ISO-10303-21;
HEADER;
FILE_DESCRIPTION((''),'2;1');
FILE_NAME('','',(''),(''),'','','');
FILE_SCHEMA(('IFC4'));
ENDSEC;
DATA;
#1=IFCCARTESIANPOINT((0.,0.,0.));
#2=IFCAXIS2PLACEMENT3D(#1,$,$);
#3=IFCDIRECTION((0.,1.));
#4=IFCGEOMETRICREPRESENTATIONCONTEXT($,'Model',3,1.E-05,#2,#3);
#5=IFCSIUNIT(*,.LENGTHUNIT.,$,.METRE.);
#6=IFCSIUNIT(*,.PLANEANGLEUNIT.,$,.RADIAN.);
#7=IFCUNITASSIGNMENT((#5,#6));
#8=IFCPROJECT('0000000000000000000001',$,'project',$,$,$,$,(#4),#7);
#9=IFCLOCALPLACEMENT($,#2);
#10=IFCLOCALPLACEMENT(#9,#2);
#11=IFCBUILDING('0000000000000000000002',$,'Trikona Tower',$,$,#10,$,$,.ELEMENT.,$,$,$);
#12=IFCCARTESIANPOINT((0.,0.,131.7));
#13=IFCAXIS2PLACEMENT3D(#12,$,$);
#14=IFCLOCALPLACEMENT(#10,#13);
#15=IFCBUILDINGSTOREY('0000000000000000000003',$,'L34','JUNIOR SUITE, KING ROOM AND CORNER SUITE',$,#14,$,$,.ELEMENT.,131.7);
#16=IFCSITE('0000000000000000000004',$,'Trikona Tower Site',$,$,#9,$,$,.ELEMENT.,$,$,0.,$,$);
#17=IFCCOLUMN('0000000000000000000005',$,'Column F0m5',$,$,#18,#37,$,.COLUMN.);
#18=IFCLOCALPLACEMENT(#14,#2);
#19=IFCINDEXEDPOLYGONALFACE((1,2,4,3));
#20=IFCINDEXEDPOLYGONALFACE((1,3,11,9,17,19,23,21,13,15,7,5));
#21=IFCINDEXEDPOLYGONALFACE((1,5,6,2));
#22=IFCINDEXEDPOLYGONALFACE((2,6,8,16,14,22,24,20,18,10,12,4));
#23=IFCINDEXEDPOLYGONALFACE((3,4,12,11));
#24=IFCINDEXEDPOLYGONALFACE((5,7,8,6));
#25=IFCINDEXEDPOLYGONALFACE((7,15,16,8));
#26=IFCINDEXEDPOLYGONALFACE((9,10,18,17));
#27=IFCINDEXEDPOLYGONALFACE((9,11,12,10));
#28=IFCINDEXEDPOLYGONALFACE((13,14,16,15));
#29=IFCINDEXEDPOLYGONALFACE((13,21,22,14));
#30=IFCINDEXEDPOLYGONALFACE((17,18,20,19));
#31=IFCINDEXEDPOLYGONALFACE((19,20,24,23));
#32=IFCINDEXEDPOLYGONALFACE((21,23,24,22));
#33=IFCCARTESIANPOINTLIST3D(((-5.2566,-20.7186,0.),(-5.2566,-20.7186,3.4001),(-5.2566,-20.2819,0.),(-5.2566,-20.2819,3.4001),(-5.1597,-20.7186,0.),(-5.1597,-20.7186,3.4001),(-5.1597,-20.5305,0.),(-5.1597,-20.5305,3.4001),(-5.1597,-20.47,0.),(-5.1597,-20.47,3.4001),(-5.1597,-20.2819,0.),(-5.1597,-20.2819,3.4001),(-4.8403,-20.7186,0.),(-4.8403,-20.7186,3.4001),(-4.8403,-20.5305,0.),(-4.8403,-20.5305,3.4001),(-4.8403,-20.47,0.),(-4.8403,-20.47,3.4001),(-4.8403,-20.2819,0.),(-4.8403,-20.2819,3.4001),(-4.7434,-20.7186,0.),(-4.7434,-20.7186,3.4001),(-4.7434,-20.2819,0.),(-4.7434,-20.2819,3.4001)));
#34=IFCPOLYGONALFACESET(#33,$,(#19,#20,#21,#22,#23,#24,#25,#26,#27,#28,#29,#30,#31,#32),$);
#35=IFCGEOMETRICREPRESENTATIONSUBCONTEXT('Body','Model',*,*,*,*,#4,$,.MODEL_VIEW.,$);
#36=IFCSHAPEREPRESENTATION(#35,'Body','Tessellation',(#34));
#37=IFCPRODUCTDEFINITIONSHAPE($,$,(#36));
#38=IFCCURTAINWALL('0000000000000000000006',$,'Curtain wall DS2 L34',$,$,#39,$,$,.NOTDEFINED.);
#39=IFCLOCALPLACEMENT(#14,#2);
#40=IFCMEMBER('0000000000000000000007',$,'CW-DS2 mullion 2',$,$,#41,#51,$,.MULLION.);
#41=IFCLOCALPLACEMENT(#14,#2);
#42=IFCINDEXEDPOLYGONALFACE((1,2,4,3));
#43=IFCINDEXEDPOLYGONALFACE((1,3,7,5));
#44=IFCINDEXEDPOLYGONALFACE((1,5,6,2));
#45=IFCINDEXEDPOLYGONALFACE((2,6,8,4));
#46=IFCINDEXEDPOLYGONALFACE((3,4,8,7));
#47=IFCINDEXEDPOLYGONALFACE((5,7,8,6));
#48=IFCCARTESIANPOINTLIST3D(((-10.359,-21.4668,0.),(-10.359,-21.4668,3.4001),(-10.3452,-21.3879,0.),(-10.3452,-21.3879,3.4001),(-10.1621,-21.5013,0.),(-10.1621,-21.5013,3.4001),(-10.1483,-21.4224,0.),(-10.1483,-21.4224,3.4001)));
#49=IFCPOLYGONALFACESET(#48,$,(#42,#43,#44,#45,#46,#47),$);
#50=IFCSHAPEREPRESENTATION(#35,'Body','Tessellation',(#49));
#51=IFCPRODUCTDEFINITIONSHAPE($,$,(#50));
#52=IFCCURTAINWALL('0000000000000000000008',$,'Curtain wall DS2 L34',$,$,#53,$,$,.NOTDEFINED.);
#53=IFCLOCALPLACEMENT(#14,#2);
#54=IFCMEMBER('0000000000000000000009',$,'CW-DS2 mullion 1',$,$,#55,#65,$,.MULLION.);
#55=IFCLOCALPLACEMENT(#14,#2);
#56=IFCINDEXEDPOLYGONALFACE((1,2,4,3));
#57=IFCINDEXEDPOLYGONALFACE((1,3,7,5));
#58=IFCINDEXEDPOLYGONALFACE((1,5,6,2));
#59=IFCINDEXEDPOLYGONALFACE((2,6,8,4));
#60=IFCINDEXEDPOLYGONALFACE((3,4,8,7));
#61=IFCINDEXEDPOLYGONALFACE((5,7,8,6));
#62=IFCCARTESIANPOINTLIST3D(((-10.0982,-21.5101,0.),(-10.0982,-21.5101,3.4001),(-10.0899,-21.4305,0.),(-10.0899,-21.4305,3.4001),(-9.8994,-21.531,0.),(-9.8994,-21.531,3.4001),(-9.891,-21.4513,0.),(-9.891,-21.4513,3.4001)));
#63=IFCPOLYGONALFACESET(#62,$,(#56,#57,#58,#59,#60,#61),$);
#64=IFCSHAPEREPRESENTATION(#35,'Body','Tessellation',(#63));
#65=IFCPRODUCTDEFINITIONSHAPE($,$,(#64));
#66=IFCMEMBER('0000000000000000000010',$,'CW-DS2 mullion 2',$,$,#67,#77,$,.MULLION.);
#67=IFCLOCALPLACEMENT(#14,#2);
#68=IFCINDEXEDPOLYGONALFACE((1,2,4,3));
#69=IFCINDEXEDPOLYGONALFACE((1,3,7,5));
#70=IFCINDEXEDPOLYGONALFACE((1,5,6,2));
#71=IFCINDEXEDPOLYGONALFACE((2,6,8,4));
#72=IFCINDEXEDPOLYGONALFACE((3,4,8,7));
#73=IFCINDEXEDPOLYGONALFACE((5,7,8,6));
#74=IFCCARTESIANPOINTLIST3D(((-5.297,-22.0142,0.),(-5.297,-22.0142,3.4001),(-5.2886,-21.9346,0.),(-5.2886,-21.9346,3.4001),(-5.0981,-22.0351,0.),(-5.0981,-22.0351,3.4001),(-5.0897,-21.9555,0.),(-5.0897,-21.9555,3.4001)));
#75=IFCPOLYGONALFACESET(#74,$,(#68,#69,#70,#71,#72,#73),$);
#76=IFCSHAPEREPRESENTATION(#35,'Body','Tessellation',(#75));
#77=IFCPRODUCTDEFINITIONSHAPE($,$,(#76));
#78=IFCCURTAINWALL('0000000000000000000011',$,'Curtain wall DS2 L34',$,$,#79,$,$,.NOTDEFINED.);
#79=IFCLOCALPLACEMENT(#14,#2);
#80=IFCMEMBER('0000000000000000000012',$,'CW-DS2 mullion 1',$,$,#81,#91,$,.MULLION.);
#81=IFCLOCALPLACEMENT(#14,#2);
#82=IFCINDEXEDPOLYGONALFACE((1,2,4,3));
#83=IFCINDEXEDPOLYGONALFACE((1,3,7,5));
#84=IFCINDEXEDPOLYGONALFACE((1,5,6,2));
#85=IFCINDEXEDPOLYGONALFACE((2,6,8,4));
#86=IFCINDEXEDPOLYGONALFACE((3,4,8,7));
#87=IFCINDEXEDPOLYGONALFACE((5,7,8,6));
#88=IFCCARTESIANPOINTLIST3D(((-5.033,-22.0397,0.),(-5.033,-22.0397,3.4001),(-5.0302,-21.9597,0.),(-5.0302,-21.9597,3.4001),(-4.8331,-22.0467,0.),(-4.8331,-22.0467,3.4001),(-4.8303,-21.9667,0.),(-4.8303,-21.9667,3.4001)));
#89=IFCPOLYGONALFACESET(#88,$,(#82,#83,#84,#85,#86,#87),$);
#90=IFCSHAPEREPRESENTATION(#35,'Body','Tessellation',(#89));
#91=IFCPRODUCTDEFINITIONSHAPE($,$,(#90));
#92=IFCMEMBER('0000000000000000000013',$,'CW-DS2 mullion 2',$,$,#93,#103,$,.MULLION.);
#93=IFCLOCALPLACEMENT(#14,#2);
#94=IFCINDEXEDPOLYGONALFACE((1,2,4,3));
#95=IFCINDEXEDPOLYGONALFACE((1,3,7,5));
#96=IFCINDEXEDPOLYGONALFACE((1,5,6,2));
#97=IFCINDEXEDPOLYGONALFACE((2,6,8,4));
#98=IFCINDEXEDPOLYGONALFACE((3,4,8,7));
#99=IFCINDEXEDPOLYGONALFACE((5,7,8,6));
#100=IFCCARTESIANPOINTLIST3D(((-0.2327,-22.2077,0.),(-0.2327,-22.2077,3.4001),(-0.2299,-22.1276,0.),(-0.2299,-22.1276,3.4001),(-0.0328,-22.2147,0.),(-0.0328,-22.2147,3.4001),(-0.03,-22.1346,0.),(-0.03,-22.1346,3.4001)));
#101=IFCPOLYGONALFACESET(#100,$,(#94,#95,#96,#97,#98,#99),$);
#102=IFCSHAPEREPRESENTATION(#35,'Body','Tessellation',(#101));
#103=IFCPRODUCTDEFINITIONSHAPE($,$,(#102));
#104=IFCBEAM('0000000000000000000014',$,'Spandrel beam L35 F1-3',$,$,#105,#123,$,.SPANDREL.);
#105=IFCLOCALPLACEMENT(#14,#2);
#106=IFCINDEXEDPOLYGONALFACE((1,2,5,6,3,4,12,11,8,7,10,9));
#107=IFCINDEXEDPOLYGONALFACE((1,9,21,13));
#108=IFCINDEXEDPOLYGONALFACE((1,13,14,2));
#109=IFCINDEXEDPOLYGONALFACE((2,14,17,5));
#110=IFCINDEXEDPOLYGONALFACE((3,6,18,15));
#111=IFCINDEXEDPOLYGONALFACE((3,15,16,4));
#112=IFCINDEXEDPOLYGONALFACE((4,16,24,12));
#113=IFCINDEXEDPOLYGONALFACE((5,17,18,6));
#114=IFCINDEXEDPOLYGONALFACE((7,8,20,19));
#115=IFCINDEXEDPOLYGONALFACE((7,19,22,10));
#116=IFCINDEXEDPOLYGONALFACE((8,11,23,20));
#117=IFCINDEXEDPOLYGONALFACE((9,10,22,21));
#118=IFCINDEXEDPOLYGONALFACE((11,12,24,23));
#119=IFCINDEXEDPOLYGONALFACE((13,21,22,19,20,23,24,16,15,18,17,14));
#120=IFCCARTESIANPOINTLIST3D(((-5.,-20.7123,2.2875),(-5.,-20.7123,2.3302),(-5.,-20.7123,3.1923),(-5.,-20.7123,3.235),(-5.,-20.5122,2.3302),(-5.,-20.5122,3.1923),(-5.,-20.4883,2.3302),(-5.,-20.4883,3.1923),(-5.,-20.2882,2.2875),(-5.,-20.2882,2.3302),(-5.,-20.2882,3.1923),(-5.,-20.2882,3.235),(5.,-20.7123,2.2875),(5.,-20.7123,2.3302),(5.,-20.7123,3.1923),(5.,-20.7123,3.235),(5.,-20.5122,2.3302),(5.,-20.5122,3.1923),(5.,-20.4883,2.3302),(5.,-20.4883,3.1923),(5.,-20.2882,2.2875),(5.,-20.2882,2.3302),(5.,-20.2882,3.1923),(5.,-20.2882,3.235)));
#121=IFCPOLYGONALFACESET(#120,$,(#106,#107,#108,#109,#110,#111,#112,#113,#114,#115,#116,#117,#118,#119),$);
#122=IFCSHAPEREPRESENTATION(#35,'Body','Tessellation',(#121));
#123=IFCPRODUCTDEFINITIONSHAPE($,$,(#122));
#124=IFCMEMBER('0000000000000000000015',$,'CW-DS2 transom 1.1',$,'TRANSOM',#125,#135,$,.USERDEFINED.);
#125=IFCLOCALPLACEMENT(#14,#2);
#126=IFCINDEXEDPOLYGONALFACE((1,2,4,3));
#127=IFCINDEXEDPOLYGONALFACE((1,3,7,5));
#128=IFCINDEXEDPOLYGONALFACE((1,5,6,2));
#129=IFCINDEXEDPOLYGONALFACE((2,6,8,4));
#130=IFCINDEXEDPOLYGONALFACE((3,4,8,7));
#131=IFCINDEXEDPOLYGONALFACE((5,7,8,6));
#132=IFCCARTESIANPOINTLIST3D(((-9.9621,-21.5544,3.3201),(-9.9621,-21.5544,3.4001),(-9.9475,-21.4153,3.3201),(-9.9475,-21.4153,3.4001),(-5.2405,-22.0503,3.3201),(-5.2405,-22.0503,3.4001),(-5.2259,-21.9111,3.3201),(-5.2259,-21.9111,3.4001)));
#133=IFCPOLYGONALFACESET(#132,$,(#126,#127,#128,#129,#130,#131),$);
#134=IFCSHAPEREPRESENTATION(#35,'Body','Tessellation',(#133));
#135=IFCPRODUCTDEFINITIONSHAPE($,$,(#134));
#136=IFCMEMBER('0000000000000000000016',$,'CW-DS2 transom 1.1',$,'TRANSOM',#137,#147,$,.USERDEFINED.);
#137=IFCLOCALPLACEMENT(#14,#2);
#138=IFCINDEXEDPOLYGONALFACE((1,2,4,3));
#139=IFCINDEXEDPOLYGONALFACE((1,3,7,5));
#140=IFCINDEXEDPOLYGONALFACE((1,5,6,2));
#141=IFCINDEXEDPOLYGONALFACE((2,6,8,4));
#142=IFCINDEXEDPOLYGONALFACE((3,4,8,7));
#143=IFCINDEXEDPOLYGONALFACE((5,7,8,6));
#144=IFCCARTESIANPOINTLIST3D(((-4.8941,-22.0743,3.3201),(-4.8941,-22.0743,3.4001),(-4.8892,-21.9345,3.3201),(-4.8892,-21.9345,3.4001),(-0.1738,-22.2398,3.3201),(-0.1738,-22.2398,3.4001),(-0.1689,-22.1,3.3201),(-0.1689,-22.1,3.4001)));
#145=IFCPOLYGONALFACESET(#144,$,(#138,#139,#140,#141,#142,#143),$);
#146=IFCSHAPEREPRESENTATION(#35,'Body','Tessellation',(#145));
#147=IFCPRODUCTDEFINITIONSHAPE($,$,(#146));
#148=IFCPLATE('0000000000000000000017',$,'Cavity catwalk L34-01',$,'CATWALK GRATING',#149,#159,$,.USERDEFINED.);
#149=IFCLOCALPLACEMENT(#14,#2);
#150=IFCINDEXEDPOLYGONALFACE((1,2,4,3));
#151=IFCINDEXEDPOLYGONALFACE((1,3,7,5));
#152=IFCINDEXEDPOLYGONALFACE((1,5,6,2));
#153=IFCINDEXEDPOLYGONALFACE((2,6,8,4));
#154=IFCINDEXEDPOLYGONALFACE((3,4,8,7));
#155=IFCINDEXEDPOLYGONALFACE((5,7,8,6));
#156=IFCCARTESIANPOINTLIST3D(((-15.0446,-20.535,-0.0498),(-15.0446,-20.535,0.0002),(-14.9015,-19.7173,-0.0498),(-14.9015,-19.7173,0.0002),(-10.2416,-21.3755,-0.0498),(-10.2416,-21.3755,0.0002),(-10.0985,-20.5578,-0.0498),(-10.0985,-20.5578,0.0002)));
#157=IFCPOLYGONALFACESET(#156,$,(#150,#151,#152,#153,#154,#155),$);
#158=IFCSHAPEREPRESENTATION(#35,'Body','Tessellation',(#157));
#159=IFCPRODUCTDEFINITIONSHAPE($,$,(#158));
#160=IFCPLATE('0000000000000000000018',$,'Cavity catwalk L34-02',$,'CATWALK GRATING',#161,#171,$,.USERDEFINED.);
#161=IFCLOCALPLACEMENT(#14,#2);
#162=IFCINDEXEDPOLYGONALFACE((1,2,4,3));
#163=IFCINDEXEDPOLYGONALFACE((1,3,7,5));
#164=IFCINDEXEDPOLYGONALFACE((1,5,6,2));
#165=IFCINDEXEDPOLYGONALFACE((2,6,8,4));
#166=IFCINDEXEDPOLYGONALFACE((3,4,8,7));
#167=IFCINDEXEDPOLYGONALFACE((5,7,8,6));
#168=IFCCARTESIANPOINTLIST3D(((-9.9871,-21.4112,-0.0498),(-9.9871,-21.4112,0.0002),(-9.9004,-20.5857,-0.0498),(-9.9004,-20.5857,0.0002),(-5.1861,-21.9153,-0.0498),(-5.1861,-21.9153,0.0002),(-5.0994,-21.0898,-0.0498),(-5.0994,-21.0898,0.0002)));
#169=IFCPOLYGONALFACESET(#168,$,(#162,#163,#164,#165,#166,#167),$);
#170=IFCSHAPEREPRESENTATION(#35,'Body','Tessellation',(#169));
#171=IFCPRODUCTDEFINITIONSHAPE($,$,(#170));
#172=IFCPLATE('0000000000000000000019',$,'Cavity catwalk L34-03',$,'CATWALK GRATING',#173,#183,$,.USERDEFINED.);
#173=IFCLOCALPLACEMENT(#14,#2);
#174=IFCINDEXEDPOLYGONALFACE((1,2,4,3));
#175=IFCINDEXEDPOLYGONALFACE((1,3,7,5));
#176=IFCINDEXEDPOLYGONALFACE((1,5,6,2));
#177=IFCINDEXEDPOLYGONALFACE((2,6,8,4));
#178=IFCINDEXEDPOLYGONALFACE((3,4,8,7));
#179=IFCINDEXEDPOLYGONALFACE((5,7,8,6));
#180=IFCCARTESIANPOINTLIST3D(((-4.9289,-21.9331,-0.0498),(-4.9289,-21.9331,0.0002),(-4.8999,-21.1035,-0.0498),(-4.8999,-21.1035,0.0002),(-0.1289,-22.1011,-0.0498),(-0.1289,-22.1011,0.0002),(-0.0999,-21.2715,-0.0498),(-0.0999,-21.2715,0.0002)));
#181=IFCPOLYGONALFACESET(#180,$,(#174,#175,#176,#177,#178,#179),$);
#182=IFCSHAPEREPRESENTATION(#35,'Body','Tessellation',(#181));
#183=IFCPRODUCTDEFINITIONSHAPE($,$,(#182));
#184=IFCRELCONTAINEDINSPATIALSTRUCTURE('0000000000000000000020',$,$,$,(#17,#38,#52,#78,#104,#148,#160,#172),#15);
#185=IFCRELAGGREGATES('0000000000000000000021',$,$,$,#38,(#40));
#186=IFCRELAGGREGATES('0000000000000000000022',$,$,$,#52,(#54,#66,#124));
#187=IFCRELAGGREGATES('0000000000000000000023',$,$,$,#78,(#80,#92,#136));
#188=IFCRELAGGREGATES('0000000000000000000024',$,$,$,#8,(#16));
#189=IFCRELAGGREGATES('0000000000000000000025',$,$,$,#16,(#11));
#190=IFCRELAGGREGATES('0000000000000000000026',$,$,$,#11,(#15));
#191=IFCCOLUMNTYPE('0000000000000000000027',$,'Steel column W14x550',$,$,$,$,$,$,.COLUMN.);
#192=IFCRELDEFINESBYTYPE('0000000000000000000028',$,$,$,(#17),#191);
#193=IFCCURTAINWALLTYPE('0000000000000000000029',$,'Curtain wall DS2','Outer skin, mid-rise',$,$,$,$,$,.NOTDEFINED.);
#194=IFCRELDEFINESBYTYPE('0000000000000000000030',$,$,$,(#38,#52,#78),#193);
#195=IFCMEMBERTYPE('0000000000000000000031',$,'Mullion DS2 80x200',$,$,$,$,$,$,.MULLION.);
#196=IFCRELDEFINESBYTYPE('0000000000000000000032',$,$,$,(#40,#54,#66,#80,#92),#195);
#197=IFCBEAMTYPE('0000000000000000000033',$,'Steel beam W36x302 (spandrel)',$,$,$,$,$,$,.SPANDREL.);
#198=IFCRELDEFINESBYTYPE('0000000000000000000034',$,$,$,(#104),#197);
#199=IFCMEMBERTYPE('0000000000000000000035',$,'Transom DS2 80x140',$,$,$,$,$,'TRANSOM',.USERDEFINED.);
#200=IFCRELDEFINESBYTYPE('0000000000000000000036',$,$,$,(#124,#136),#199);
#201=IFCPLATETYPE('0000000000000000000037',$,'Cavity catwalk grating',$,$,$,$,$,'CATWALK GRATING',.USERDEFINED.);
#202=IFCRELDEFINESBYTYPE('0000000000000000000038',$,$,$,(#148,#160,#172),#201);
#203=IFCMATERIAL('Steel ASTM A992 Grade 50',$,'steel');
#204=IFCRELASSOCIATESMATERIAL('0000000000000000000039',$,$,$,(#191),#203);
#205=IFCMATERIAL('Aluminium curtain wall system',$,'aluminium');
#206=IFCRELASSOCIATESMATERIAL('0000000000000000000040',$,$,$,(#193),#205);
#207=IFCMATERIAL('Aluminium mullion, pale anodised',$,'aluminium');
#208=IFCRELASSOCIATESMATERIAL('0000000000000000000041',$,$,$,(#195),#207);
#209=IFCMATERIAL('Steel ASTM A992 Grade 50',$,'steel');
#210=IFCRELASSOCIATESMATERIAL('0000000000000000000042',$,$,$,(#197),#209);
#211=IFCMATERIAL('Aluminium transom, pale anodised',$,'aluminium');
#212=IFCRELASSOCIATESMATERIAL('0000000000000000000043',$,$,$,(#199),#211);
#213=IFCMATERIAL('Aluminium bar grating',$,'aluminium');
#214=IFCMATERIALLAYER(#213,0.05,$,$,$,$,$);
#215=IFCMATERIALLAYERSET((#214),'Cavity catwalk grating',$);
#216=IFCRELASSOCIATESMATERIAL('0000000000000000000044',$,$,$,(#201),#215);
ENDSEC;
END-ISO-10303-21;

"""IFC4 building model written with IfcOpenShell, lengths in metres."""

from ifc_helpers import new_model, si_unit, direction, frame, origin, origin_2d, place, context, subcontext, project, spatial, rectangle, i_section, extrude, material, layer, layer_set, material_profile, profile_set, type_object, element, aggregate, save


model = new_model("IFC4")

# Units and contexts
model_context = context("Model", 3, precision=1e-05, world=origin(), true_north=direction((0.0, 1.0)))
body_context = subcontext(model_context, "Body", "Model", "MODEL_VIEW")
ifc_project = project(units=[si_unit("LENGTHUNIT", "METRE"), si_unit("PLANEANGLEUNIT", "RADIAN")], contexts=[model_context])

# Site, building, storey
site_placement = place(None, origin())
site = spatial("IfcSite", under=ifc_project, at=site_placement, Name="Trikona Tower Site", CompositionType="ELEMENT", RefElevation=0.0)
building_placement = place(site_placement, origin())
building = spatial("IfcBuilding", under=site, at=building_placement, Name="Trikona Tower", CompositionType="ELEMENT")
storey_placement = place(building_placement, frame((0.0, 0.0, 131.7)))
storey = spatial("IfcBuildingStorey", under=building, at=storey_placement, Name="L34", Description="JUNIOR SUITE, KING ROOM AND CORNER SUITE", CompositionType="ELEMENT", Elevation=131.7)

# Column
ifc_material_1 = material(Name="Steel ASTM A992 Grade 50", Category="steel")
ifc_material_profile_1 = material_profile(ifc_material_1, i_section(OverallWidth=0.4368, OverallDepth=0.5132, WebThickness=0.0605, FlangeThickness=0.0969, at=origin_2d()), Name="W14X550")
ifc_profile_set_1 = profile_set([ifc_material_profile_1], Name="Steel ASTM A992 Grade 50")
column_type = type_object("IfcColumnType", Name="Steel column W14x550", PredefinedType="COLUMN", material=ifc_profile_set_1)
column_placement = place(storey_placement, frame((-5.0, -20.5002, 0.0), z_axis=(0.0, 0.0, 1.0), x_axis=(0.0, -1.0, 0.0)))
element("IfcColumn", 1, at=column_placement, inside=storey, type_object=column_type, Name="Column F0m5", PredefinedType="COLUMN", context=body_context, shape_type="SweptSolid", body=[
    extrude(i_section(OverallWidth=0.4368, OverallDepth=0.5132, WebThickness=0.0605, FlangeThickness=0.0969, at=origin_2d()), origin(), (0.0, 0.0, 1.0), 3.4001),
])

# Curtain wall, member
ifc_material_2 = material(Name="Aluminium curtain wall system", Category="aluminium")
curtain_wall_type = type_object("IfcCurtainWallType", Name="Curtain wall DS2", Description="Outer skin, mid-rise", PredefinedType="NOTDEFINED", material=ifc_material_2)
curtain_wall_1_placement = place(storey_placement, origin())
curtain_wall_1 = element("IfcCurtainWall", 2, at=curtain_wall_1_placement, inside=storey, type_object=curtain_wall_type, Name="Curtain wall DS2 L34", PredefinedType="NOTDEFINED")
ifc_material_3 = material(Name="Aluminium mullion, pale anodised", Category="aluminium")
ifc_material_profile_2 = material_profile(ifc_material_3, rectangle(XDim=0.0801, YDim=0.2, at=origin_2d()), Name="MUL-DS2")
ifc_profile_set_2 = profile_set([ifc_material_profile_2], Name="Aluminium mullion, pale anodised")
member_type_1 = type_object("IfcMemberType", Name="Mullion DS2 80x200", PredefinedType="MULLION", material=ifc_profile_set_2)
member_1_placement = place(storey_placement, frame((-10.2537, -21.4446, 0.0), z_axis=(0.0, 0.0, 1.0), x_axis=(0.172377, 0.985031, 0.0)))
member_1 = element("IfcMember", 3, at=member_1_placement, type_object=member_type_1, Name="CW-DS2 mullion 2", PredefinedType="MULLION", context=body_context, shape_type="SweptSolid", body=[
    extrude(rectangle(XDim=0.0801, YDim=0.2, at=origin_2d()), origin(), (0.0, 0.0, 1.0), 3.4001),
])

# Curtain walls, members
curtain_wall_2_placement = place(storey_placement, origin())
curtain_wall_2 = element("IfcCurtainWall", 4, at=curtain_wall_2_placement, inside=storey, type_object=curtain_wall_type, Name="Curtain wall DS2 L34", PredefinedType="NOTDEFINED")
member_2_placement = place(storey_placement, frame((-9.9946, -21.4807, 0.0), z_axis=(0.0, 0.0, 1.0), x_axis=(0.104433, 0.994532, 0.0)))
member_2 = element("IfcMember", 5, at=member_2_placement, type_object=member_type_1, Name="CW-DS2 mullion 1", PredefinedType="MULLION", context=body_context, shape_type="SweptSolid", body=[
    extrude(rectangle(XDim=0.0801, YDim=0.2, at=origin_2d()), origin(), (0.0, 0.0, 1.0), 3.4001),
])
member_3_placement = place(storey_placement, frame((-5.1934, -21.9849, 0.0), z_axis=(0.0, 0.0, 1.0), x_axis=(0.104433, 0.994532, 0.0)))
member_3 = element("IfcMember", 6, at=member_3_placement, type_object=member_type_1, Name="CW-DS2 mullion 2", PredefinedType="MULLION", context=body_context, shape_type="SweptSolid", body=[
    extrude(rectangle(XDim=0.0801, YDim=0.2, at=origin_2d()), origin(), (0.0, 0.0, 1.0), 3.4001),
])
curtain_wall_3_placement = place(storey_placement, origin())
curtain_wall_3 = element("IfcCurtainWall", 7, at=curtain_wall_3_placement, inside=storey, type_object=curtain_wall_type, Name="Curtain wall DS2 L34", PredefinedType="NOTDEFINED")
member_4_placement = place(storey_placement, frame((-4.9316, -22.0032, 0.0), z_axis=(0.0, 0.0, 1.0), x_axis=(0.034998, 0.999387, 0.0)))
member_4 = element("IfcMember", 8, at=member_4_placement, type_object=member_type_1, Name="CW-DS2 mullion 1", PredefinedType="MULLION", context=body_context, shape_type="SweptSolid", body=[
    extrude(rectangle(XDim=0.0801, YDim=0.2, at=origin_2d()), origin(), (0.0, 0.0, 1.0), 3.4001),
])
member_5_placement = place(storey_placement, frame((-0.1313, -22.1711, 0.0), z_axis=(0.0, 0.0, 1.0), x_axis=(0.034998, 0.999387, 0.0)))
member_5 = element("IfcMember", 9, at=member_5_placement, type_object=member_type_1, Name="CW-DS2 mullion 2", PredefinedType="MULLION", context=body_context, shape_type="SweptSolid", body=[
    extrude(rectangle(XDim=0.0801, YDim=0.2, at=origin_2d()), origin(), (0.0, 0.0, 1.0), 3.4001),
])

# Beam
ifc_material_4 = material(Name="Steel ASTM A992 Grade 50", Category="steel")
ifc_material_profile_3 = material_profile(ifc_material_4, i_section(OverallWidth=0.4241, OverallDepth=0.9475, WebThickness=0.0239, FlangeThickness=0.0427, at=origin_2d()), Name="W36X302")
ifc_profile_set_3 = profile_set([ifc_material_profile_3], Name="Steel ASTM A992 Grade 50")
beam_type = type_object("IfcBeamType", Name="Steel beam W36x302 (spandrel)", PredefinedType="SPANDREL", material=ifc_profile_set_3)
beam_placement = place(storey_placement, frame((-5.0, -20.5002, 2.7612), z_axis=(1.0, 0.0, 0.0), x_axis=(0.0, 1.0, 0.0)))
element("IfcBeam", 10, at=beam_placement, inside=storey, type_object=beam_type, Name="Spandrel beam L35 F1-3", PredefinedType="SPANDREL", context=body_context, shape_type="SweptSolid", body=[
    extrude(i_section(OverallWidth=0.4241, OverallDepth=0.9475, WebThickness=0.0239, FlangeThickness=0.0427, at=origin_2d()), origin(), (0.0, 0.0, 1.0), 10.0),
])

# Members
ifc_material_5 = material(Name="Aluminium transom, pale anodised", Category="aluminium")
ifc_material_profile_4 = material_profile(ifc_material_5, rectangle(XDim=0.1399, YDim=0.0801, at=origin_2d()), Name="TRN-DS2")
ifc_profile_set_4 = profile_set([ifc_material_profile_4], Name="Aluminium transom, pale anodised")
member_type_2 = type_object("IfcMemberType", Name="Transom DS2 80x140", ElementType="TRANSOM", PredefinedType="USERDEFINED", material=ifc_profile_set_4)
member_6_placement = place(storey_placement, frame((-9.9548, -21.4849, 3.3601), z_axis=(0.994531, -0.104441, 0.0), x_axis=(0.104441, 0.994531, 0.0)))
member_6 = element("IfcMember", 11, at=member_6_placement, type_object=member_type_2, Name="CW-DS2 transom 1.1", ObjectType="TRANSOM", PredefinedType="USERDEFINED", context=body_context, shape_type="SweptSolid", body=[
    extrude(rectangle(XDim=0.1399, YDim=0.0801, at=origin_2d()), origin(), (0.0, 0.0, 1.0), 4.7476),
])
member_7_placement = place(storey_placement, frame((-4.8916, -22.0044, 3.3601), z_axis=(0.999386, -0.035046, 0.0), x_axis=(0.035046, 0.999386, 0.0)))
member_7 = element("IfcMember", 12, at=member_7_placement, type_object=member_type_2, Name="CW-DS2 transom 1.1", ObjectType="TRANSOM", PredefinedType="USERDEFINED", context=body_context, shape_type="SweptSolid", body=[
    extrude(rectangle(XDim=0.1399, YDim=0.0801, at=origin_2d()), origin(), (0.0, 0.0, 1.0), 4.7231),
])

# Plates
ifc_material_6 = material(Name="Aluminium bar grating", Category="aluminium")
ifc_layer_1 = layer(ifc_material_6, 0.05)
ifc_layer_set_1 = layer_set([ifc_layer_1], Name="Cavity catwalk grating")
plate_type_1 = type_object("IfcPlateType", Name="Cavity catwalk grating", ElementType="CATWALK GRATING", PredefinedType="USERDEFINED", material=ifc_layer_set_1)
plate_1_placement = place(storey_placement, frame((-12.5715, -20.5464, -0.0498), z_axis=(0.0, 0.0, 1.0), x_axis=(0.985031, -0.17238, 0.0)))
element("IfcPlate", 13, at=plate_1_placement, inside=storey, type_object=plate_type_1, Name="Cavity catwalk L34-01", ObjectType="CATWALK GRATING", PredefinedType="USERDEFINED", context=body_context, shape_type="SweptSolid", body=[
    extrude(rectangle(XDim=4.876, YDim=0.8301, at=origin_2d()), origin(), (0.0, 0.0, 1.0), 0.05),
])
plate_2_placement = place(storey_placement, frame((-7.5432, -21.2505, -0.0498), z_axis=(0.0, 0.0, 1.0), x_axis=(0.994533, -0.104426, 0.0)))
element("IfcPlate", 14, at=plate_2_placement, inside=storey, type_object=plate_type_1, Name="Cavity catwalk L34-02", ObjectType="CATWALK GRATING", PredefinedType="USERDEFINED", context=body_context, shape_type="SweptSolid", body=[
    extrude(rectangle(XDim=4.8274, YDim=0.8301, at=origin_2d()), origin(), (0.0, 0.0, 1.0), 0.05),
])
plate_3_placement = place(storey_placement, frame((-2.5144, -21.6023, -0.0498), z_axis=(0.0, 0.0, 1.0), x_axis=(0.999388, -0.034978, 0.0)))
element("IfcPlate", 15, at=plate_3_placement, inside=storey, type_object=plate_type_1, Name="Cavity catwalk L34-03", ObjectType="CATWALK GRATING", PredefinedType="USERDEFINED", context=body_context, shape_type="SweptSolid", body=[
    extrude(rectangle(XDim=4.803, YDim=0.8301, at=origin_2d()), origin(), (0.0, 0.0, 1.0), 0.05),
])

aggregate(curtain_wall_1, [member_1])
aggregate(curtain_wall_2, [member_2, member_3, member_6])
aggregate(curtain_wall_3, [member_4, member_5, member_7])

save(model, "model.ifc")
